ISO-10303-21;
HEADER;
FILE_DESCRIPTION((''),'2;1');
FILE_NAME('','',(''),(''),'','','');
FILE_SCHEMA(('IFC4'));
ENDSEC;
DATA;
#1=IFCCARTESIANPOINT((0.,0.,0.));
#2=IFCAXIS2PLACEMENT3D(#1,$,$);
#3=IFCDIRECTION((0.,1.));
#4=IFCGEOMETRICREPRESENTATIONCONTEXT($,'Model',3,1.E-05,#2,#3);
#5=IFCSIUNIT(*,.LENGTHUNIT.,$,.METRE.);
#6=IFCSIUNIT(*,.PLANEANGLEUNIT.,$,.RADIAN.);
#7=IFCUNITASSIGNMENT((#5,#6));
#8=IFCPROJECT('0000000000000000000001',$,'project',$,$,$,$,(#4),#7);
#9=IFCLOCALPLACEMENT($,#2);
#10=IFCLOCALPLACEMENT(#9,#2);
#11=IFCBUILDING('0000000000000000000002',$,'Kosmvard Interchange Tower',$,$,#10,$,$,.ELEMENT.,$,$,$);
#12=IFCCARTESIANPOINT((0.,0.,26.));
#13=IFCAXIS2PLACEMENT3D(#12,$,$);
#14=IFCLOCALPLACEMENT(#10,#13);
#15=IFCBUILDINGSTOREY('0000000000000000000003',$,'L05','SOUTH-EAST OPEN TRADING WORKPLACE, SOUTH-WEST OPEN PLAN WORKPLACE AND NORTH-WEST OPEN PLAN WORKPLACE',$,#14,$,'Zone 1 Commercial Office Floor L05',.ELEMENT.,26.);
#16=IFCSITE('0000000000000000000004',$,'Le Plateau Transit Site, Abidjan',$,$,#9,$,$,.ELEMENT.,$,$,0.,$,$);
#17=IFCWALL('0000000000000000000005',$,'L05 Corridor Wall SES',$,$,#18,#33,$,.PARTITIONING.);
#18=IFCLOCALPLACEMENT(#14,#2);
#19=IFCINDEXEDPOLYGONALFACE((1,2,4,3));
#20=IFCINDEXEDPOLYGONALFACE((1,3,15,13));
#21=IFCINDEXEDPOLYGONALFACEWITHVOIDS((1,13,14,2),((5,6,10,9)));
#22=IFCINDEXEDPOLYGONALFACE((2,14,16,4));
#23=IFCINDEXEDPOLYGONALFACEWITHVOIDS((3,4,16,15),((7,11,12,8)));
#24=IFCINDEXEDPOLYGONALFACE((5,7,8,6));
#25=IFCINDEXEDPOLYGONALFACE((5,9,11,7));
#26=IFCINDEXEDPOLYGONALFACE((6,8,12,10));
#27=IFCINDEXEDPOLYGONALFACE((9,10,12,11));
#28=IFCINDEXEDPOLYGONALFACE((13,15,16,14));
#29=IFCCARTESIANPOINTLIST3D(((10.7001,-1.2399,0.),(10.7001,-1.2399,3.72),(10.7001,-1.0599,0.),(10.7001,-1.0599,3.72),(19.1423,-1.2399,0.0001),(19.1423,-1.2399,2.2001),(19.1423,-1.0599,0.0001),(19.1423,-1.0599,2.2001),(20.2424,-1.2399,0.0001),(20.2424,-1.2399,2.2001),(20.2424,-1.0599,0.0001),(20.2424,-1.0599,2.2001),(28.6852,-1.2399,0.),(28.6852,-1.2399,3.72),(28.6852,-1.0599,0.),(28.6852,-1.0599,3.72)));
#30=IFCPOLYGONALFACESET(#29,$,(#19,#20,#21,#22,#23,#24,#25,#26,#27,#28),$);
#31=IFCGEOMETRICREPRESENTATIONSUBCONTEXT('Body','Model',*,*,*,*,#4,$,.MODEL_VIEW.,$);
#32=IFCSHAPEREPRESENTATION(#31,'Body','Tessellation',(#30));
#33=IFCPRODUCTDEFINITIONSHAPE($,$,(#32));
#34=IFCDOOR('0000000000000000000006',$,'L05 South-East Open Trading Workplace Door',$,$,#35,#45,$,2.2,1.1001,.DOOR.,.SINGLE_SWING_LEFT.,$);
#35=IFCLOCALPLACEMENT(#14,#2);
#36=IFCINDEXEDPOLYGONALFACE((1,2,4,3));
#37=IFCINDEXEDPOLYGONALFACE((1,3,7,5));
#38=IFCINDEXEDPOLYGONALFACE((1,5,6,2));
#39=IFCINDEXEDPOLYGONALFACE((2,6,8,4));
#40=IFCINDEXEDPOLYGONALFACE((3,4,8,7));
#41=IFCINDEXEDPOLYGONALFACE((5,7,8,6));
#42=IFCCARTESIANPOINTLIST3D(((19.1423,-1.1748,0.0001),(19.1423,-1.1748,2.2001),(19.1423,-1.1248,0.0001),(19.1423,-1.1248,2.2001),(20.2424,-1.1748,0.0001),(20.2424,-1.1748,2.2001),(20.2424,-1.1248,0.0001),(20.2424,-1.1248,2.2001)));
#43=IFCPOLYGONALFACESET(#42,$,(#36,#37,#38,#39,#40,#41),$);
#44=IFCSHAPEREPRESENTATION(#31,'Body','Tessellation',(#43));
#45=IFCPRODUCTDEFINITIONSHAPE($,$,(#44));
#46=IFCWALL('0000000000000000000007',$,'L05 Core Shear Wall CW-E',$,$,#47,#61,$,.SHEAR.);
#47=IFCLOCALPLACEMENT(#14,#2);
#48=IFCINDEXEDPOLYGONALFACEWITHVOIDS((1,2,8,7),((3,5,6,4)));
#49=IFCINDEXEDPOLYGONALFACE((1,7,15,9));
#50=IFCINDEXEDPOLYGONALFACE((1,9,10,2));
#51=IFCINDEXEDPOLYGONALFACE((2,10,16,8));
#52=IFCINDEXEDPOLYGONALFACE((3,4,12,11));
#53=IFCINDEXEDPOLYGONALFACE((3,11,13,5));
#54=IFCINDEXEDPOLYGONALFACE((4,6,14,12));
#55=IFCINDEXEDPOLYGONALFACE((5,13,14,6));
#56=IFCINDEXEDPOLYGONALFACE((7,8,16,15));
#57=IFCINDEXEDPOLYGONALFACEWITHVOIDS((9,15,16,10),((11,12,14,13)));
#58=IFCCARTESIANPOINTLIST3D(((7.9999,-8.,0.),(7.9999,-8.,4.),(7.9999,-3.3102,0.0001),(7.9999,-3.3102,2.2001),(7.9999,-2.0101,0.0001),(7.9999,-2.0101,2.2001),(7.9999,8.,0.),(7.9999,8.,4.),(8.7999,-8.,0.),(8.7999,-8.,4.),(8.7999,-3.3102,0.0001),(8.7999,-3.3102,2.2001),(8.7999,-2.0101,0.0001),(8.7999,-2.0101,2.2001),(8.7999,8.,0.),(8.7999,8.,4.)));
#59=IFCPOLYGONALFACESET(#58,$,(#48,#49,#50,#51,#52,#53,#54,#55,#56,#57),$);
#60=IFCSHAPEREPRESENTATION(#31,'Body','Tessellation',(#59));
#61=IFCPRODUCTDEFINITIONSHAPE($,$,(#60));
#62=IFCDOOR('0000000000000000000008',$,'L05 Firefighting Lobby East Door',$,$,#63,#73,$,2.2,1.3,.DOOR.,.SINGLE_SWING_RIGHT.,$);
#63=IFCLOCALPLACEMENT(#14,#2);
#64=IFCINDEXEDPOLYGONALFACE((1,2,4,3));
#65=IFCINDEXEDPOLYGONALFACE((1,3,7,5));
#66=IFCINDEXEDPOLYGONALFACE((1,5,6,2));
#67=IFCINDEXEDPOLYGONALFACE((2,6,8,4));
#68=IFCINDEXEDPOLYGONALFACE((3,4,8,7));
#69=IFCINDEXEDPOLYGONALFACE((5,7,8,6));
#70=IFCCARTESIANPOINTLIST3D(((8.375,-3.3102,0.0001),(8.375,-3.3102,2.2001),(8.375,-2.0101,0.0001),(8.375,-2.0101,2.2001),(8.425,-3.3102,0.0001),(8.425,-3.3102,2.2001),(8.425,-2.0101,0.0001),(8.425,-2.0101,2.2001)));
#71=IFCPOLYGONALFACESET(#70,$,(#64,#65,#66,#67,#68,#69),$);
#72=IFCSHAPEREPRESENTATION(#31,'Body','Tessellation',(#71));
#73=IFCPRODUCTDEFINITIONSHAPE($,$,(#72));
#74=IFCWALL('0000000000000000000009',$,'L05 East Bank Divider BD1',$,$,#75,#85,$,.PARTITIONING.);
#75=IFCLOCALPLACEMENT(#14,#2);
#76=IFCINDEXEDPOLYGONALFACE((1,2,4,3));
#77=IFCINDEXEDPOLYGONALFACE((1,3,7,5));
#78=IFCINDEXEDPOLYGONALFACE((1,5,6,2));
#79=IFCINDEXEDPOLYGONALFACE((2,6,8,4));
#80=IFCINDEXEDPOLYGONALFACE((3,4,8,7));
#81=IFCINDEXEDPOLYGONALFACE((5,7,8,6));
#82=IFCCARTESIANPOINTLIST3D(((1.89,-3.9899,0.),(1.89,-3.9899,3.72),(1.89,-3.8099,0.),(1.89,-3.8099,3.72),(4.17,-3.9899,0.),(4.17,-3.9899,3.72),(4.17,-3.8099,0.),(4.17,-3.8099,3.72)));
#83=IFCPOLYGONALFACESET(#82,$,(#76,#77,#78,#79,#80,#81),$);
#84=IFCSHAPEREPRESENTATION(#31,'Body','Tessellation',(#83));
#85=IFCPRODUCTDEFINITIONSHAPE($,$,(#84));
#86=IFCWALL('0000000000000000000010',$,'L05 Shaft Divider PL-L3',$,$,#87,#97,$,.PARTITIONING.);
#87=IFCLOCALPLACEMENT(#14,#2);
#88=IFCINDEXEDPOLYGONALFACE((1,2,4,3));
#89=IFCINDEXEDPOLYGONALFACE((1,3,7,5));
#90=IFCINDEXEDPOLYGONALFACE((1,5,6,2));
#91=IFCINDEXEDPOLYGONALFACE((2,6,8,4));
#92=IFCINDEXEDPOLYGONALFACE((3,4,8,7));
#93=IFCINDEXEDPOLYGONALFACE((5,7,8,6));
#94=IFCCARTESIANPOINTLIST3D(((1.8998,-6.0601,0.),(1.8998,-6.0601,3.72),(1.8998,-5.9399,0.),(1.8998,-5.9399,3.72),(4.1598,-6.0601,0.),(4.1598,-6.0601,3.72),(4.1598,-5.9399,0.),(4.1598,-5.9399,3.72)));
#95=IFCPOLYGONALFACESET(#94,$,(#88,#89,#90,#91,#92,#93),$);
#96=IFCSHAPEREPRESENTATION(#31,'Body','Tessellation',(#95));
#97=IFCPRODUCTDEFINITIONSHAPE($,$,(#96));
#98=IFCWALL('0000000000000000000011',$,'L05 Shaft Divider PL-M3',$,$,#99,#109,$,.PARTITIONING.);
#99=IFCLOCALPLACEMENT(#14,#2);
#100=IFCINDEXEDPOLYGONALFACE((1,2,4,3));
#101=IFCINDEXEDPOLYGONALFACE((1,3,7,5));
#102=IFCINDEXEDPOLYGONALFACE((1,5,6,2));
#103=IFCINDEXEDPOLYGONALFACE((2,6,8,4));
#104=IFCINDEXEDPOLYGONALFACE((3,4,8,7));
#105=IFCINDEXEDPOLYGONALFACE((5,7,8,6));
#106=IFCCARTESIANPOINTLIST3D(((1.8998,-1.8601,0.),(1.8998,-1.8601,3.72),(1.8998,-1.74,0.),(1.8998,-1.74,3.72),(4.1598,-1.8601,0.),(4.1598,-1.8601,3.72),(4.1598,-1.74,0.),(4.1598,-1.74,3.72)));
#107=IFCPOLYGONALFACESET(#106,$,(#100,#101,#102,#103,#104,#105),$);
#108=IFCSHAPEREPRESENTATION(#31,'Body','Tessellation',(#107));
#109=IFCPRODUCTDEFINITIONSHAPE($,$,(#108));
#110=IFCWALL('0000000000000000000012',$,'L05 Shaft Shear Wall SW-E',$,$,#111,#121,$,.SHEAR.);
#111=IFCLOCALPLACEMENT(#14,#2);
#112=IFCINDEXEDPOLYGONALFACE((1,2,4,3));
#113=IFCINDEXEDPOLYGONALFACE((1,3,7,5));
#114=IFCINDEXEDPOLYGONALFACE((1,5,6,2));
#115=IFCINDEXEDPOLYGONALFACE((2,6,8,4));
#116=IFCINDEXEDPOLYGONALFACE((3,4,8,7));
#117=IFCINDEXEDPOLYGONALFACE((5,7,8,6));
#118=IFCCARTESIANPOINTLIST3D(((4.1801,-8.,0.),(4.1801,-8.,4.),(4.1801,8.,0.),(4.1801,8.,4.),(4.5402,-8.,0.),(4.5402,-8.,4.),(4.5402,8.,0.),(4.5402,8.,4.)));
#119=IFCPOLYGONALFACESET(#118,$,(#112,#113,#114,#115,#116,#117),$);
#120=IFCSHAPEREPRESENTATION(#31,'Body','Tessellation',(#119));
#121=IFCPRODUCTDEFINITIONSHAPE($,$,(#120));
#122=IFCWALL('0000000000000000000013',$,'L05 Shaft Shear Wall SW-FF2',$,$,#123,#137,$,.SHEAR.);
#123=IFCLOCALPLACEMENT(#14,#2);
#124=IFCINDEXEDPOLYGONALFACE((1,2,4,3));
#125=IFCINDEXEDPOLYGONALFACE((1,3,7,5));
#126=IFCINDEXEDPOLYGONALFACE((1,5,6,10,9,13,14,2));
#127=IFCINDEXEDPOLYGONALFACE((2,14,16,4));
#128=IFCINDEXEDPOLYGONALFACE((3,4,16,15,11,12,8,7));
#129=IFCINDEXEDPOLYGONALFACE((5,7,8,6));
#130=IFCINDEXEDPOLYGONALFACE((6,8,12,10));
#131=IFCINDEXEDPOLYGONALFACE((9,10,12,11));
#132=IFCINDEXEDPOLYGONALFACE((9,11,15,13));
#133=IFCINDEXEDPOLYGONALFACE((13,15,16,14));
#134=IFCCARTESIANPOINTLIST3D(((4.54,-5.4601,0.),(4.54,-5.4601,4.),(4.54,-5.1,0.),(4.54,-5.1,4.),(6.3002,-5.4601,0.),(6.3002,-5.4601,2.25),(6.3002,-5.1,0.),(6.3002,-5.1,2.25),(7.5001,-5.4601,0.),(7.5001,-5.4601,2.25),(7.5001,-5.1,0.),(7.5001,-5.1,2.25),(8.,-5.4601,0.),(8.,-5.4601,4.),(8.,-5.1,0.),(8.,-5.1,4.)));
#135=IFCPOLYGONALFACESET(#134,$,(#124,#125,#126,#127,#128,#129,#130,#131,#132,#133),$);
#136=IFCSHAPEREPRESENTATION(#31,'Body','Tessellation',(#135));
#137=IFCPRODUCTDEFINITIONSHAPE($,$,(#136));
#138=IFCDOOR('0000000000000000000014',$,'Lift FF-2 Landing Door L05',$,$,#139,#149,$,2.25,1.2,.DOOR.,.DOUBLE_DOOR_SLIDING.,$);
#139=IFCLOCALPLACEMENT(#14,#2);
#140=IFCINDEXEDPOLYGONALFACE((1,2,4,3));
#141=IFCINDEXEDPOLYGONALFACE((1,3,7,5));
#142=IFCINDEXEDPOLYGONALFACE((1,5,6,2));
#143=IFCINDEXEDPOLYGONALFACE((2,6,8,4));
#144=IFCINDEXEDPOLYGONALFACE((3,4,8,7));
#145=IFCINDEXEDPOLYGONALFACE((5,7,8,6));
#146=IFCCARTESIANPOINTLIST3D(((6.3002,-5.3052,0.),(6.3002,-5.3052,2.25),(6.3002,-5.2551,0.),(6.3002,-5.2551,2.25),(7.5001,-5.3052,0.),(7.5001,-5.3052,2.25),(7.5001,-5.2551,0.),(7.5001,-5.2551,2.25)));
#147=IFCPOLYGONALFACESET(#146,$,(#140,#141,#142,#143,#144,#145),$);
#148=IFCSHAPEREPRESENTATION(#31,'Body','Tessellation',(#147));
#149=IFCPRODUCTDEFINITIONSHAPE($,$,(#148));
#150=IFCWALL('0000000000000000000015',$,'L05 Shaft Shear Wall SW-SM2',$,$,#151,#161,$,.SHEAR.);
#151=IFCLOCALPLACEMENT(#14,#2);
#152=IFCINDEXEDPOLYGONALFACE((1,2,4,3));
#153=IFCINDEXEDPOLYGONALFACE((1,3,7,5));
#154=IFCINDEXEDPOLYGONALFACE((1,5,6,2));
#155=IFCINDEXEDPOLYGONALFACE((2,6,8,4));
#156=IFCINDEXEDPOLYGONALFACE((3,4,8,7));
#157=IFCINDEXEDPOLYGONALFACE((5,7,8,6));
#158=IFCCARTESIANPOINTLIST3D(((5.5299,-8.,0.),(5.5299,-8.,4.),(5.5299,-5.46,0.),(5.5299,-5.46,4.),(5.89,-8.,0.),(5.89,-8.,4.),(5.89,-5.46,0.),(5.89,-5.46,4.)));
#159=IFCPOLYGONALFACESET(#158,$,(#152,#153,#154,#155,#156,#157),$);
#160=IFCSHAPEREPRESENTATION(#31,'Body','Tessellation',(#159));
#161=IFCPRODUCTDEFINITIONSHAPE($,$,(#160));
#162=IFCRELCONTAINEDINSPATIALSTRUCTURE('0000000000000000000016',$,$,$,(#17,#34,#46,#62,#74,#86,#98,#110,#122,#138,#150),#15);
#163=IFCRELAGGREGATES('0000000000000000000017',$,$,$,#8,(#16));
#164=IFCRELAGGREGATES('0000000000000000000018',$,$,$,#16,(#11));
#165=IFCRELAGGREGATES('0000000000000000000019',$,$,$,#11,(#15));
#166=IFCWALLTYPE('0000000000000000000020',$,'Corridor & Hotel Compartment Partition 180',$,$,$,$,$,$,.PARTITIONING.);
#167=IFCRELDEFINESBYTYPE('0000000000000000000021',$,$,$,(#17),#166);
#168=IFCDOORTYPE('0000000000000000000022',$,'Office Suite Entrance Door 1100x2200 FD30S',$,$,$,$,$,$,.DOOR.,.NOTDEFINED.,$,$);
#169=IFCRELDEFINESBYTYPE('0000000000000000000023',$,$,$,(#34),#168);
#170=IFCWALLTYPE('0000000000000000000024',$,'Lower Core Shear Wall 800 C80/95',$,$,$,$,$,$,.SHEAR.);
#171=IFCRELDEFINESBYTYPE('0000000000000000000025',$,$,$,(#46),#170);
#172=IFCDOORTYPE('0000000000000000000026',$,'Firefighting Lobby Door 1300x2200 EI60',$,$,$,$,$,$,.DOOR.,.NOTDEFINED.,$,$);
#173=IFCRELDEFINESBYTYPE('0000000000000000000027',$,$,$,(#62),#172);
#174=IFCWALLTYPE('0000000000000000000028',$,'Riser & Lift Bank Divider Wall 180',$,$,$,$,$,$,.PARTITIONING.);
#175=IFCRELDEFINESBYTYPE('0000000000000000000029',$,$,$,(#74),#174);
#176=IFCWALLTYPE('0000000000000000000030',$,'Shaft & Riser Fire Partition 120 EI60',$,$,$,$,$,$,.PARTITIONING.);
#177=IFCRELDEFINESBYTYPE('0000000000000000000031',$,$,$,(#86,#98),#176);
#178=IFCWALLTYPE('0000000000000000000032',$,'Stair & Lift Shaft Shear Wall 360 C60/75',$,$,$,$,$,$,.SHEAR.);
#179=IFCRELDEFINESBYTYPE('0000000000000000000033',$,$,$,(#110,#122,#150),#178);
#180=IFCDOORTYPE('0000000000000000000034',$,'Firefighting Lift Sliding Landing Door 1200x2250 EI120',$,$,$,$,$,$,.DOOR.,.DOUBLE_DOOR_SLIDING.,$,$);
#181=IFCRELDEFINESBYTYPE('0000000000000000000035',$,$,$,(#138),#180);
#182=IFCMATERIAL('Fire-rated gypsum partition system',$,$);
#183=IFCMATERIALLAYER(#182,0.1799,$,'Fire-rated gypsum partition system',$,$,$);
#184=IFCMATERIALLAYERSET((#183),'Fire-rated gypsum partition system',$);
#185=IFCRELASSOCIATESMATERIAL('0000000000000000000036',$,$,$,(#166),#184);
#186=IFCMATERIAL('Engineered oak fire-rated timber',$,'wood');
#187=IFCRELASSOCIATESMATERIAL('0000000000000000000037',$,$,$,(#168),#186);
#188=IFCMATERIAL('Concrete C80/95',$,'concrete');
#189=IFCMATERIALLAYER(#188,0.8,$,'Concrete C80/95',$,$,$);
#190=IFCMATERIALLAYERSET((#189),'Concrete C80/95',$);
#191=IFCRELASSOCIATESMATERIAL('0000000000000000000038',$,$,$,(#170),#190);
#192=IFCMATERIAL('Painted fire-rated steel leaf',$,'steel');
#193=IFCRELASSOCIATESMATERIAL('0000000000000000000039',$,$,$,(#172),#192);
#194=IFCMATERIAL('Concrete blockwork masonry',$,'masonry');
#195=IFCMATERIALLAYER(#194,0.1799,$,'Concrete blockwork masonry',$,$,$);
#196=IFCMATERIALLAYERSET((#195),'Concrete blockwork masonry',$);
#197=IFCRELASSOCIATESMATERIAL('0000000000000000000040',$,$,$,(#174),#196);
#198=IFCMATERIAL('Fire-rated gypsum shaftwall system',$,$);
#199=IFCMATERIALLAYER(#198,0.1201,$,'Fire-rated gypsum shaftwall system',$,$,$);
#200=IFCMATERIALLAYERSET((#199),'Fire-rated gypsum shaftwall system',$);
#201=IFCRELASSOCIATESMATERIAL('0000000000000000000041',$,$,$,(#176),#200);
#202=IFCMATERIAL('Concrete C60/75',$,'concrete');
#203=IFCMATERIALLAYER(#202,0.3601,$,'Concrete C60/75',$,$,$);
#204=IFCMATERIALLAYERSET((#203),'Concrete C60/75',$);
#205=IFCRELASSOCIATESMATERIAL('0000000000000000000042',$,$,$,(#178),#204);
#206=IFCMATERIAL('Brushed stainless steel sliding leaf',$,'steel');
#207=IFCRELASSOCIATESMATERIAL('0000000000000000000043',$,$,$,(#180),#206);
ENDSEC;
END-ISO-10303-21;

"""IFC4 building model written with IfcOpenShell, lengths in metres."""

from ifc_helpers import new_model, si_unit, direction, frame, frame_2d, origin, place, context, subcontext, project, spatial, rectangle, extrude, source, transform, mapped, material, layer, layer_set, type_object, element, fill, save


model = new_model("IFC4")

# Units and contexts
model_context = context("Model", 3, precision=1e-05, world=origin(), true_north=direction((0.0, 1.0)))
body_context = subcontext(model_context, "Body", "Model", "MODEL_VIEW")
ifc_project = project(units=[si_unit("LENGTHUNIT", "METRE"), si_unit("PLANEANGLEUNIT", "RADIAN")], contexts=[model_context])

# Site, building, storey
site_placement = place(None, origin())
site = spatial("IfcSite", under=ifc_project, at=site_placement, Name="Le Plateau Transit Site, Abidjan", CompositionType="ELEMENT", RefElevation=0.0)
building_placement = place(site_placement, origin())
building = spatial("IfcBuilding", under=site, at=building_placement, Name="Kosmvard Interchange Tower", CompositionType="ELEMENT")
storey_placement = place(building_placement, frame((0.0, 0.0, 26.0)))
storey = spatial("IfcBuildingStorey", under=building, at=storey_placement, Name="L05", Description="SOUTH-EAST OPEN TRADING WORKPLACE, SOUTH-WEST OPEN PLAN WORKPLACE AND NORTH-WEST OPEN PLAN WORKPLACE", LongName="Zone 1 Commercial Office Floor L05", CompositionType="ELEMENT", Elevation=26.0)

# Shared definitions
ifc_material_1 = material(Name="Concrete C80/95", Category="concrete")
ifc_material_2 = material(Name="Concrete C60/75", Category="concrete")

# Shared definitions
ifc_material_3 = material(Name="Fire-rated gypsum partition system")
ifc_layer_1 = layer(ifc_material_3, 0.1799, Name="Fire-rated gypsum partition system")
ifc_layer_set_1 = layer_set([ifc_layer_1], Name="Fire-rated gypsum partition system")
wall_type_1 = type_object("IfcWallType", Name="Corridor & Hotel Compartment Partition 180", PredefinedType="PARTITIONING", material=ifc_layer_set_1)
ifc_material_4 = material(Name="Brushed stainless steel sliding leaf", Category="steel")
shared_shape_1 = source(origin(), body_context, "Body", "SweptSolid", [
    extrude(rectangle(XDim=1.1001, YDim=2.2, at=frame_2d((0.55, 1.1001))), frame((0.0, 0.0249, 0.0), z_axis=(0.0, -1.0, 0.0), x_axis=(1.0, 0.0, 0.0)), (0.0, 0.0, 1.0), 0.05),
])

# Walls, openings, doors
wall_1_placement = place(storey_placement, frame((10.7, -1.1499, 0.0), z_axis=(0.0, 0.0, 1.0), x_axis=(1.0, 0.0, 0.0)))
wall_1 = element("IfcWall", 1, at=wall_1_placement, inside=storey, type_object=wall_type_1, Name="L05 Corridor Wall SES", PredefinedType="PARTITIONING", context=body_context, shape_type="SweptSolid", body=[
    extrude(rectangle(XDim=17.9851, YDim=0.1799, at=frame_2d((8.9927, 0.0))), origin(), (0.0, 0.0, 1.0), 3.72),
])
opening_1_placement = place(wall_1_placement, frame((8.4424, 0.0, 0.0)))
opening_1 = element("IfcOpeningElement", 2, at=opening_1_placement, cuts=wall_1, PredefinedType="OPENING", context=body_context, shape_type="SweptSolid", body=[
    extrude(rectangle(XDim=1.1001, YDim=2.2, at=frame_2d((0.55, 1.1001))), frame((0.0, 0.1001, 0.0), z_axis=(0.0, -1.0, 0.0), x_axis=(1.0, 0.0, 0.0)), (0.0, 0.0, 1.0), 0.2),
])
ifc_material_5 = material(Name="Engineered oak fire-rated timber", Category="wood")
door_type_1 = type_object("IfcDoorType", Name="Office Suite Entrance Door 1100x2200 FD30S", OperationType="NOTDEFINED", PredefinedType="DOOR", material=ifc_material_5)
door_1_placement = place(opening_1_placement, frame((1.1001, 0.0, 0.0), z_axis=(0.0, 0.0, 1.0), x_axis=(-1.0, 0.0, 0.0)))
door_1 = element("IfcDoor", 3, at=door_1_placement, inside=storey, type_object=door_type_1, Name="L05 South-East Open Trading Workplace Door", OperationType="SINGLE_SWING_LEFT", OverallHeight=2.2, OverallWidth=1.1001, PredefinedType="DOOR", context=body_context, shape_type="MappedRepresentation", body=[
    mapped(shared_shape_1, transform((0.0, 0.0, 0.0), scale=1.0)),
])
fill(opening_1, door_1)
ifc_layer_2 = layer(ifc_material_1, 0.8, Name="Concrete C80/95")
ifc_layer_set_2 = layer_set([ifc_layer_2], Name="Concrete C80/95")
wall_type_2 = type_object("IfcWallType", Name="Lower Core Shear Wall 800 C80/95", PredefinedType="SHEAR", material=ifc_layer_set_2)
wall_2_placement = place(storey_placement, frame((8.3999, -8.0, 0.0), z_axis=(0.0, 0.0, 1.0), x_axis=(0.0, 1.0, 0.0)))
wall_2 = element("IfcWall", 4, at=wall_2_placement, inside=storey, type_object=wall_type_2, Name="L05 Core Shear Wall CW-E", PredefinedType="SHEAR", context=body_context, shape_type="SweptSolid", body=[
    extrude(rectangle(XDim=16.0, YDim=0.8, at=frame_2d((8.0, 0.0))), origin(), (0.0, 0.0, 1.0), 4.0),
])
opening_2_placement = place(wall_2_placement, frame((4.6899, 0.0, 0.0)))
opening_2 = element("IfcOpeningElement", 5, at=opening_2_placement, cuts=wall_2, PredefinedType="OPENING", context=body_context, shape_type="SweptSolid", body=[
    extrude(rectangle(XDim=1.3, YDim=2.2, at=frame_2d((0.6499, 1.1001))), frame((0.0, 0.4102, 0.0), z_axis=(0.0, -1.0, 0.0), x_axis=(1.0, 0.0, 0.0)), (0.0, 0.0, 1.0), 0.8201),
])
ifc_material_6 = material(Name="Painted fire-rated steel leaf", Category="steel")
door_type_2 = type_object("IfcDoorType", Name="Firefighting Lobby Door 1300x2200 EI60", OperationType="NOTDEFINED", PredefinedType="DOOR", material=ifc_material_6)
shared_shape_2 = source(origin(), body_context, "Body", "SweptSolid", [
    extrude(rectangle(XDim=1.3, YDim=2.2, at=frame_2d((0.6499, 1.1001))), frame((0.0, 0.0249, 0.0), z_axis=(0.0, -1.0, 0.0), x_axis=(1.0, 0.0, 0.0)), (0.0, 0.0, 1.0), 0.05),
])
door_2_placement = place(opening_2_placement, origin())
door_2 = element("IfcDoor", 6, at=door_2_placement, inside=storey, type_object=door_type_2, Name="L05 Firefighting Lobby East Door", OperationType="SINGLE_SWING_RIGHT", OverallHeight=2.2, OverallWidth=1.3, PredefinedType="DOOR", context=body_context, shape_type="MappedRepresentation", body=[
    mapped(shared_shape_2, transform((0.0, 0.0, 0.0), scale=1.0)),
])
fill(opening_2, door_2)

# Walls
ifc_material_7 = material(Name="Concrete blockwork masonry", Category="masonry")
ifc_layer_3 = layer(ifc_material_7, 0.1799, Name="Concrete blockwork masonry")
ifc_layer_set_3 = layer_set([ifc_layer_3], Name="Concrete blockwork masonry")
wall_type_3 = type_object("IfcWallType", Name="Riser & Lift Bank Divider Wall 180", PredefinedType="PARTITIONING", material=ifc_layer_set_3)
wall_3_placement = place(storey_placement, frame((1.8899, -3.8999, 0.0), z_axis=(0.0, 0.0, 1.0), x_axis=(1.0, 0.0, 0.0)))
element("IfcWall", 7, at=wall_3_placement, inside=storey, type_object=wall_type_3, Name="L05 East Bank Divider BD1", PredefinedType="PARTITIONING", context=body_context, shape_type="SweptSolid", body=[
    extrude(rectangle(XDim=2.28, YDim=0.1799, at=frame_2d((1.1401, 0.0))), origin(), (0.0, 0.0, 1.0), 3.72),
])
ifc_material_8 = material(Name="Fire-rated gypsum shaftwall system")
ifc_layer_4 = layer(ifc_material_8, 0.1201, Name="Fire-rated gypsum shaftwall system")
ifc_layer_set_4 = layer_set([ifc_layer_4], Name="Fire-rated gypsum shaftwall system")
wall_type_4 = type_object("IfcWallType", Name="Shaft & Riser Fire Partition 120 EI60", PredefinedType="PARTITIONING", material=ifc_layer_set_4)
for number, where, z_axis, x_axis, name in (
    (8, (1.8999, -6.0, 0.0), (0.0, 0.0, 1.0), (1.0, 0.0, 0.0), "L05 Shaft Divider PL-L3"),
    (9, (1.8999, -1.8, 0.0), (0.0, 0.0, 1.0), (1.0, 0.0, 0.0), "L05 Shaft Divider PL-M3"),
):
    element("IfcWall", number, at=place(storey_placement, frame(where, z_axis=z_axis, x_axis=x_axis)), inside=storey, type_object=wall_type_4, Name=name, PredefinedType="PARTITIONING", context=body_context, shape_type="SweptSolid", body=[
        extrude(rectangle(XDim=2.26, YDim=0.1201, at=frame_2d((1.1299, 0.0))), origin(), (0.0, 0.0, 1.0), 3.72),
    ])
ifc_layer_5 = layer(ifc_material_2, 0.3601, Name="Concrete C60/75")
ifc_layer_set_5 = layer_set([ifc_layer_5], Name="Concrete C60/75")
wall_type_5 = type_object("IfcWallType", Name="Stair & Lift Shaft Shear Wall 360 C60/75", PredefinedType="SHEAR", material=ifc_layer_set_5)
wall_4_placement = place(storey_placement, frame((4.3601, -8.0, 0.0), z_axis=(0.0, 0.0, 1.0), x_axis=(0.0, 1.0, 0.0)))
element("IfcWall", 10, at=wall_4_placement, inside=storey, type_object=wall_type_5, Name="L05 Shaft Shear Wall SW-E", PredefinedType="SHEAR", context=body_context, shape_type="SweptSolid", body=[
    extrude(rectangle(XDim=16.0, YDim=0.3601, at=frame_2d((8.0, 0.0))), origin(), (0.0, 0.0, 1.0), 4.0),
])

# Wall, opening, door
wall_5_placement = place(storey_placement, frame((4.54, -5.28, 0.0), z_axis=(0.0, 0.0, 1.0), x_axis=(1.0, 0.0, 0.0)))
wall_5 = element("IfcWall", 11, at=wall_5_placement, inside=storey, type_object=wall_type_5, Name="L05 Shaft Shear Wall SW-FF2", PredefinedType="SHEAR", context=body_context, shape_type="SweptSolid", body=[
    extrude(rectangle(XDim=3.46, YDim=0.3601, at=frame_2d((1.73, 0.0))), origin(), (0.0, 0.0, 1.0), 4.0),
])
opening_3_placement = place(wall_5_placement, frame((1.76, 0.0, 0.0)))
opening_3 = element("IfcOpeningElement", 12, at=opening_3_placement, cuts=wall_5, PredefinedType="OPENING", context=body_context, shape_type="SweptSolid", body=[
    extrude(rectangle(XDim=1.2, YDim=2.25, at=frame_2d((0.6001, 1.125))), frame((0.0, 0.1899, 0.0), z_axis=(0.0, -1.0, 0.0), x_axis=(1.0, 0.0, 0.0)), (0.0, 0.0, 1.0), 0.3801),
])
door_type_3 = type_object("IfcDoorType", Name="Firefighting Lift Sliding Landing Door 1200x2250 EI120", OperationType="DOUBLE_DOOR_SLIDING", PredefinedType="DOOR", material=ifc_material_4)
shared_shape_3 = source(origin(), body_context, "Body", "SweptSolid", [
    extrude(rectangle(XDim=1.2, YDim=2.25, at=frame_2d((0.6001, 1.125))), frame((0.0, 0.0249, 0.0), z_axis=(0.0, -1.0, 0.0), x_axis=(1.0, 0.0, 0.0)), (0.0, 0.0, 1.0), 0.05),
])
door_3_placement = place(opening_3_placement, origin())
door_3 = element("IfcDoor", 13, at=door_3_placement, inside=storey, type_object=door_type_3, Name="Lift FF-2 Landing Door L05", OperationType="DOUBLE_DOOR_SLIDING", OverallHeight=2.25, OverallWidth=1.2, PredefinedType="DOOR", context=body_context, shape_type="MappedRepresentation", body=[
    mapped(shared_shape_3, transform((0.0, 0.0, 0.0), scale=1.0)),
])
fill(opening_3, door_3)

# Wall
wall_6_placement = place(storey_placement, frame((5.71, -8.0, 0.0), z_axis=(0.0, 0.0, 1.0), x_axis=(0.0, 1.0, 0.0)))
element("IfcWall", 14, at=wall_6_placement, inside=storey, type_object=wall_type_5, Name="L05 Shaft Shear Wall SW-SM2", PredefinedType="SHEAR", context=body_context, shape_type="SweptSolid", body=[
    extrude(rectangle(XDim=2.54, YDim=0.3601, at=frame_2d((1.27, 0.0))), origin(), (0.0, 0.0, 1.0), 4.0),
])

save(model, "model.ifc")
